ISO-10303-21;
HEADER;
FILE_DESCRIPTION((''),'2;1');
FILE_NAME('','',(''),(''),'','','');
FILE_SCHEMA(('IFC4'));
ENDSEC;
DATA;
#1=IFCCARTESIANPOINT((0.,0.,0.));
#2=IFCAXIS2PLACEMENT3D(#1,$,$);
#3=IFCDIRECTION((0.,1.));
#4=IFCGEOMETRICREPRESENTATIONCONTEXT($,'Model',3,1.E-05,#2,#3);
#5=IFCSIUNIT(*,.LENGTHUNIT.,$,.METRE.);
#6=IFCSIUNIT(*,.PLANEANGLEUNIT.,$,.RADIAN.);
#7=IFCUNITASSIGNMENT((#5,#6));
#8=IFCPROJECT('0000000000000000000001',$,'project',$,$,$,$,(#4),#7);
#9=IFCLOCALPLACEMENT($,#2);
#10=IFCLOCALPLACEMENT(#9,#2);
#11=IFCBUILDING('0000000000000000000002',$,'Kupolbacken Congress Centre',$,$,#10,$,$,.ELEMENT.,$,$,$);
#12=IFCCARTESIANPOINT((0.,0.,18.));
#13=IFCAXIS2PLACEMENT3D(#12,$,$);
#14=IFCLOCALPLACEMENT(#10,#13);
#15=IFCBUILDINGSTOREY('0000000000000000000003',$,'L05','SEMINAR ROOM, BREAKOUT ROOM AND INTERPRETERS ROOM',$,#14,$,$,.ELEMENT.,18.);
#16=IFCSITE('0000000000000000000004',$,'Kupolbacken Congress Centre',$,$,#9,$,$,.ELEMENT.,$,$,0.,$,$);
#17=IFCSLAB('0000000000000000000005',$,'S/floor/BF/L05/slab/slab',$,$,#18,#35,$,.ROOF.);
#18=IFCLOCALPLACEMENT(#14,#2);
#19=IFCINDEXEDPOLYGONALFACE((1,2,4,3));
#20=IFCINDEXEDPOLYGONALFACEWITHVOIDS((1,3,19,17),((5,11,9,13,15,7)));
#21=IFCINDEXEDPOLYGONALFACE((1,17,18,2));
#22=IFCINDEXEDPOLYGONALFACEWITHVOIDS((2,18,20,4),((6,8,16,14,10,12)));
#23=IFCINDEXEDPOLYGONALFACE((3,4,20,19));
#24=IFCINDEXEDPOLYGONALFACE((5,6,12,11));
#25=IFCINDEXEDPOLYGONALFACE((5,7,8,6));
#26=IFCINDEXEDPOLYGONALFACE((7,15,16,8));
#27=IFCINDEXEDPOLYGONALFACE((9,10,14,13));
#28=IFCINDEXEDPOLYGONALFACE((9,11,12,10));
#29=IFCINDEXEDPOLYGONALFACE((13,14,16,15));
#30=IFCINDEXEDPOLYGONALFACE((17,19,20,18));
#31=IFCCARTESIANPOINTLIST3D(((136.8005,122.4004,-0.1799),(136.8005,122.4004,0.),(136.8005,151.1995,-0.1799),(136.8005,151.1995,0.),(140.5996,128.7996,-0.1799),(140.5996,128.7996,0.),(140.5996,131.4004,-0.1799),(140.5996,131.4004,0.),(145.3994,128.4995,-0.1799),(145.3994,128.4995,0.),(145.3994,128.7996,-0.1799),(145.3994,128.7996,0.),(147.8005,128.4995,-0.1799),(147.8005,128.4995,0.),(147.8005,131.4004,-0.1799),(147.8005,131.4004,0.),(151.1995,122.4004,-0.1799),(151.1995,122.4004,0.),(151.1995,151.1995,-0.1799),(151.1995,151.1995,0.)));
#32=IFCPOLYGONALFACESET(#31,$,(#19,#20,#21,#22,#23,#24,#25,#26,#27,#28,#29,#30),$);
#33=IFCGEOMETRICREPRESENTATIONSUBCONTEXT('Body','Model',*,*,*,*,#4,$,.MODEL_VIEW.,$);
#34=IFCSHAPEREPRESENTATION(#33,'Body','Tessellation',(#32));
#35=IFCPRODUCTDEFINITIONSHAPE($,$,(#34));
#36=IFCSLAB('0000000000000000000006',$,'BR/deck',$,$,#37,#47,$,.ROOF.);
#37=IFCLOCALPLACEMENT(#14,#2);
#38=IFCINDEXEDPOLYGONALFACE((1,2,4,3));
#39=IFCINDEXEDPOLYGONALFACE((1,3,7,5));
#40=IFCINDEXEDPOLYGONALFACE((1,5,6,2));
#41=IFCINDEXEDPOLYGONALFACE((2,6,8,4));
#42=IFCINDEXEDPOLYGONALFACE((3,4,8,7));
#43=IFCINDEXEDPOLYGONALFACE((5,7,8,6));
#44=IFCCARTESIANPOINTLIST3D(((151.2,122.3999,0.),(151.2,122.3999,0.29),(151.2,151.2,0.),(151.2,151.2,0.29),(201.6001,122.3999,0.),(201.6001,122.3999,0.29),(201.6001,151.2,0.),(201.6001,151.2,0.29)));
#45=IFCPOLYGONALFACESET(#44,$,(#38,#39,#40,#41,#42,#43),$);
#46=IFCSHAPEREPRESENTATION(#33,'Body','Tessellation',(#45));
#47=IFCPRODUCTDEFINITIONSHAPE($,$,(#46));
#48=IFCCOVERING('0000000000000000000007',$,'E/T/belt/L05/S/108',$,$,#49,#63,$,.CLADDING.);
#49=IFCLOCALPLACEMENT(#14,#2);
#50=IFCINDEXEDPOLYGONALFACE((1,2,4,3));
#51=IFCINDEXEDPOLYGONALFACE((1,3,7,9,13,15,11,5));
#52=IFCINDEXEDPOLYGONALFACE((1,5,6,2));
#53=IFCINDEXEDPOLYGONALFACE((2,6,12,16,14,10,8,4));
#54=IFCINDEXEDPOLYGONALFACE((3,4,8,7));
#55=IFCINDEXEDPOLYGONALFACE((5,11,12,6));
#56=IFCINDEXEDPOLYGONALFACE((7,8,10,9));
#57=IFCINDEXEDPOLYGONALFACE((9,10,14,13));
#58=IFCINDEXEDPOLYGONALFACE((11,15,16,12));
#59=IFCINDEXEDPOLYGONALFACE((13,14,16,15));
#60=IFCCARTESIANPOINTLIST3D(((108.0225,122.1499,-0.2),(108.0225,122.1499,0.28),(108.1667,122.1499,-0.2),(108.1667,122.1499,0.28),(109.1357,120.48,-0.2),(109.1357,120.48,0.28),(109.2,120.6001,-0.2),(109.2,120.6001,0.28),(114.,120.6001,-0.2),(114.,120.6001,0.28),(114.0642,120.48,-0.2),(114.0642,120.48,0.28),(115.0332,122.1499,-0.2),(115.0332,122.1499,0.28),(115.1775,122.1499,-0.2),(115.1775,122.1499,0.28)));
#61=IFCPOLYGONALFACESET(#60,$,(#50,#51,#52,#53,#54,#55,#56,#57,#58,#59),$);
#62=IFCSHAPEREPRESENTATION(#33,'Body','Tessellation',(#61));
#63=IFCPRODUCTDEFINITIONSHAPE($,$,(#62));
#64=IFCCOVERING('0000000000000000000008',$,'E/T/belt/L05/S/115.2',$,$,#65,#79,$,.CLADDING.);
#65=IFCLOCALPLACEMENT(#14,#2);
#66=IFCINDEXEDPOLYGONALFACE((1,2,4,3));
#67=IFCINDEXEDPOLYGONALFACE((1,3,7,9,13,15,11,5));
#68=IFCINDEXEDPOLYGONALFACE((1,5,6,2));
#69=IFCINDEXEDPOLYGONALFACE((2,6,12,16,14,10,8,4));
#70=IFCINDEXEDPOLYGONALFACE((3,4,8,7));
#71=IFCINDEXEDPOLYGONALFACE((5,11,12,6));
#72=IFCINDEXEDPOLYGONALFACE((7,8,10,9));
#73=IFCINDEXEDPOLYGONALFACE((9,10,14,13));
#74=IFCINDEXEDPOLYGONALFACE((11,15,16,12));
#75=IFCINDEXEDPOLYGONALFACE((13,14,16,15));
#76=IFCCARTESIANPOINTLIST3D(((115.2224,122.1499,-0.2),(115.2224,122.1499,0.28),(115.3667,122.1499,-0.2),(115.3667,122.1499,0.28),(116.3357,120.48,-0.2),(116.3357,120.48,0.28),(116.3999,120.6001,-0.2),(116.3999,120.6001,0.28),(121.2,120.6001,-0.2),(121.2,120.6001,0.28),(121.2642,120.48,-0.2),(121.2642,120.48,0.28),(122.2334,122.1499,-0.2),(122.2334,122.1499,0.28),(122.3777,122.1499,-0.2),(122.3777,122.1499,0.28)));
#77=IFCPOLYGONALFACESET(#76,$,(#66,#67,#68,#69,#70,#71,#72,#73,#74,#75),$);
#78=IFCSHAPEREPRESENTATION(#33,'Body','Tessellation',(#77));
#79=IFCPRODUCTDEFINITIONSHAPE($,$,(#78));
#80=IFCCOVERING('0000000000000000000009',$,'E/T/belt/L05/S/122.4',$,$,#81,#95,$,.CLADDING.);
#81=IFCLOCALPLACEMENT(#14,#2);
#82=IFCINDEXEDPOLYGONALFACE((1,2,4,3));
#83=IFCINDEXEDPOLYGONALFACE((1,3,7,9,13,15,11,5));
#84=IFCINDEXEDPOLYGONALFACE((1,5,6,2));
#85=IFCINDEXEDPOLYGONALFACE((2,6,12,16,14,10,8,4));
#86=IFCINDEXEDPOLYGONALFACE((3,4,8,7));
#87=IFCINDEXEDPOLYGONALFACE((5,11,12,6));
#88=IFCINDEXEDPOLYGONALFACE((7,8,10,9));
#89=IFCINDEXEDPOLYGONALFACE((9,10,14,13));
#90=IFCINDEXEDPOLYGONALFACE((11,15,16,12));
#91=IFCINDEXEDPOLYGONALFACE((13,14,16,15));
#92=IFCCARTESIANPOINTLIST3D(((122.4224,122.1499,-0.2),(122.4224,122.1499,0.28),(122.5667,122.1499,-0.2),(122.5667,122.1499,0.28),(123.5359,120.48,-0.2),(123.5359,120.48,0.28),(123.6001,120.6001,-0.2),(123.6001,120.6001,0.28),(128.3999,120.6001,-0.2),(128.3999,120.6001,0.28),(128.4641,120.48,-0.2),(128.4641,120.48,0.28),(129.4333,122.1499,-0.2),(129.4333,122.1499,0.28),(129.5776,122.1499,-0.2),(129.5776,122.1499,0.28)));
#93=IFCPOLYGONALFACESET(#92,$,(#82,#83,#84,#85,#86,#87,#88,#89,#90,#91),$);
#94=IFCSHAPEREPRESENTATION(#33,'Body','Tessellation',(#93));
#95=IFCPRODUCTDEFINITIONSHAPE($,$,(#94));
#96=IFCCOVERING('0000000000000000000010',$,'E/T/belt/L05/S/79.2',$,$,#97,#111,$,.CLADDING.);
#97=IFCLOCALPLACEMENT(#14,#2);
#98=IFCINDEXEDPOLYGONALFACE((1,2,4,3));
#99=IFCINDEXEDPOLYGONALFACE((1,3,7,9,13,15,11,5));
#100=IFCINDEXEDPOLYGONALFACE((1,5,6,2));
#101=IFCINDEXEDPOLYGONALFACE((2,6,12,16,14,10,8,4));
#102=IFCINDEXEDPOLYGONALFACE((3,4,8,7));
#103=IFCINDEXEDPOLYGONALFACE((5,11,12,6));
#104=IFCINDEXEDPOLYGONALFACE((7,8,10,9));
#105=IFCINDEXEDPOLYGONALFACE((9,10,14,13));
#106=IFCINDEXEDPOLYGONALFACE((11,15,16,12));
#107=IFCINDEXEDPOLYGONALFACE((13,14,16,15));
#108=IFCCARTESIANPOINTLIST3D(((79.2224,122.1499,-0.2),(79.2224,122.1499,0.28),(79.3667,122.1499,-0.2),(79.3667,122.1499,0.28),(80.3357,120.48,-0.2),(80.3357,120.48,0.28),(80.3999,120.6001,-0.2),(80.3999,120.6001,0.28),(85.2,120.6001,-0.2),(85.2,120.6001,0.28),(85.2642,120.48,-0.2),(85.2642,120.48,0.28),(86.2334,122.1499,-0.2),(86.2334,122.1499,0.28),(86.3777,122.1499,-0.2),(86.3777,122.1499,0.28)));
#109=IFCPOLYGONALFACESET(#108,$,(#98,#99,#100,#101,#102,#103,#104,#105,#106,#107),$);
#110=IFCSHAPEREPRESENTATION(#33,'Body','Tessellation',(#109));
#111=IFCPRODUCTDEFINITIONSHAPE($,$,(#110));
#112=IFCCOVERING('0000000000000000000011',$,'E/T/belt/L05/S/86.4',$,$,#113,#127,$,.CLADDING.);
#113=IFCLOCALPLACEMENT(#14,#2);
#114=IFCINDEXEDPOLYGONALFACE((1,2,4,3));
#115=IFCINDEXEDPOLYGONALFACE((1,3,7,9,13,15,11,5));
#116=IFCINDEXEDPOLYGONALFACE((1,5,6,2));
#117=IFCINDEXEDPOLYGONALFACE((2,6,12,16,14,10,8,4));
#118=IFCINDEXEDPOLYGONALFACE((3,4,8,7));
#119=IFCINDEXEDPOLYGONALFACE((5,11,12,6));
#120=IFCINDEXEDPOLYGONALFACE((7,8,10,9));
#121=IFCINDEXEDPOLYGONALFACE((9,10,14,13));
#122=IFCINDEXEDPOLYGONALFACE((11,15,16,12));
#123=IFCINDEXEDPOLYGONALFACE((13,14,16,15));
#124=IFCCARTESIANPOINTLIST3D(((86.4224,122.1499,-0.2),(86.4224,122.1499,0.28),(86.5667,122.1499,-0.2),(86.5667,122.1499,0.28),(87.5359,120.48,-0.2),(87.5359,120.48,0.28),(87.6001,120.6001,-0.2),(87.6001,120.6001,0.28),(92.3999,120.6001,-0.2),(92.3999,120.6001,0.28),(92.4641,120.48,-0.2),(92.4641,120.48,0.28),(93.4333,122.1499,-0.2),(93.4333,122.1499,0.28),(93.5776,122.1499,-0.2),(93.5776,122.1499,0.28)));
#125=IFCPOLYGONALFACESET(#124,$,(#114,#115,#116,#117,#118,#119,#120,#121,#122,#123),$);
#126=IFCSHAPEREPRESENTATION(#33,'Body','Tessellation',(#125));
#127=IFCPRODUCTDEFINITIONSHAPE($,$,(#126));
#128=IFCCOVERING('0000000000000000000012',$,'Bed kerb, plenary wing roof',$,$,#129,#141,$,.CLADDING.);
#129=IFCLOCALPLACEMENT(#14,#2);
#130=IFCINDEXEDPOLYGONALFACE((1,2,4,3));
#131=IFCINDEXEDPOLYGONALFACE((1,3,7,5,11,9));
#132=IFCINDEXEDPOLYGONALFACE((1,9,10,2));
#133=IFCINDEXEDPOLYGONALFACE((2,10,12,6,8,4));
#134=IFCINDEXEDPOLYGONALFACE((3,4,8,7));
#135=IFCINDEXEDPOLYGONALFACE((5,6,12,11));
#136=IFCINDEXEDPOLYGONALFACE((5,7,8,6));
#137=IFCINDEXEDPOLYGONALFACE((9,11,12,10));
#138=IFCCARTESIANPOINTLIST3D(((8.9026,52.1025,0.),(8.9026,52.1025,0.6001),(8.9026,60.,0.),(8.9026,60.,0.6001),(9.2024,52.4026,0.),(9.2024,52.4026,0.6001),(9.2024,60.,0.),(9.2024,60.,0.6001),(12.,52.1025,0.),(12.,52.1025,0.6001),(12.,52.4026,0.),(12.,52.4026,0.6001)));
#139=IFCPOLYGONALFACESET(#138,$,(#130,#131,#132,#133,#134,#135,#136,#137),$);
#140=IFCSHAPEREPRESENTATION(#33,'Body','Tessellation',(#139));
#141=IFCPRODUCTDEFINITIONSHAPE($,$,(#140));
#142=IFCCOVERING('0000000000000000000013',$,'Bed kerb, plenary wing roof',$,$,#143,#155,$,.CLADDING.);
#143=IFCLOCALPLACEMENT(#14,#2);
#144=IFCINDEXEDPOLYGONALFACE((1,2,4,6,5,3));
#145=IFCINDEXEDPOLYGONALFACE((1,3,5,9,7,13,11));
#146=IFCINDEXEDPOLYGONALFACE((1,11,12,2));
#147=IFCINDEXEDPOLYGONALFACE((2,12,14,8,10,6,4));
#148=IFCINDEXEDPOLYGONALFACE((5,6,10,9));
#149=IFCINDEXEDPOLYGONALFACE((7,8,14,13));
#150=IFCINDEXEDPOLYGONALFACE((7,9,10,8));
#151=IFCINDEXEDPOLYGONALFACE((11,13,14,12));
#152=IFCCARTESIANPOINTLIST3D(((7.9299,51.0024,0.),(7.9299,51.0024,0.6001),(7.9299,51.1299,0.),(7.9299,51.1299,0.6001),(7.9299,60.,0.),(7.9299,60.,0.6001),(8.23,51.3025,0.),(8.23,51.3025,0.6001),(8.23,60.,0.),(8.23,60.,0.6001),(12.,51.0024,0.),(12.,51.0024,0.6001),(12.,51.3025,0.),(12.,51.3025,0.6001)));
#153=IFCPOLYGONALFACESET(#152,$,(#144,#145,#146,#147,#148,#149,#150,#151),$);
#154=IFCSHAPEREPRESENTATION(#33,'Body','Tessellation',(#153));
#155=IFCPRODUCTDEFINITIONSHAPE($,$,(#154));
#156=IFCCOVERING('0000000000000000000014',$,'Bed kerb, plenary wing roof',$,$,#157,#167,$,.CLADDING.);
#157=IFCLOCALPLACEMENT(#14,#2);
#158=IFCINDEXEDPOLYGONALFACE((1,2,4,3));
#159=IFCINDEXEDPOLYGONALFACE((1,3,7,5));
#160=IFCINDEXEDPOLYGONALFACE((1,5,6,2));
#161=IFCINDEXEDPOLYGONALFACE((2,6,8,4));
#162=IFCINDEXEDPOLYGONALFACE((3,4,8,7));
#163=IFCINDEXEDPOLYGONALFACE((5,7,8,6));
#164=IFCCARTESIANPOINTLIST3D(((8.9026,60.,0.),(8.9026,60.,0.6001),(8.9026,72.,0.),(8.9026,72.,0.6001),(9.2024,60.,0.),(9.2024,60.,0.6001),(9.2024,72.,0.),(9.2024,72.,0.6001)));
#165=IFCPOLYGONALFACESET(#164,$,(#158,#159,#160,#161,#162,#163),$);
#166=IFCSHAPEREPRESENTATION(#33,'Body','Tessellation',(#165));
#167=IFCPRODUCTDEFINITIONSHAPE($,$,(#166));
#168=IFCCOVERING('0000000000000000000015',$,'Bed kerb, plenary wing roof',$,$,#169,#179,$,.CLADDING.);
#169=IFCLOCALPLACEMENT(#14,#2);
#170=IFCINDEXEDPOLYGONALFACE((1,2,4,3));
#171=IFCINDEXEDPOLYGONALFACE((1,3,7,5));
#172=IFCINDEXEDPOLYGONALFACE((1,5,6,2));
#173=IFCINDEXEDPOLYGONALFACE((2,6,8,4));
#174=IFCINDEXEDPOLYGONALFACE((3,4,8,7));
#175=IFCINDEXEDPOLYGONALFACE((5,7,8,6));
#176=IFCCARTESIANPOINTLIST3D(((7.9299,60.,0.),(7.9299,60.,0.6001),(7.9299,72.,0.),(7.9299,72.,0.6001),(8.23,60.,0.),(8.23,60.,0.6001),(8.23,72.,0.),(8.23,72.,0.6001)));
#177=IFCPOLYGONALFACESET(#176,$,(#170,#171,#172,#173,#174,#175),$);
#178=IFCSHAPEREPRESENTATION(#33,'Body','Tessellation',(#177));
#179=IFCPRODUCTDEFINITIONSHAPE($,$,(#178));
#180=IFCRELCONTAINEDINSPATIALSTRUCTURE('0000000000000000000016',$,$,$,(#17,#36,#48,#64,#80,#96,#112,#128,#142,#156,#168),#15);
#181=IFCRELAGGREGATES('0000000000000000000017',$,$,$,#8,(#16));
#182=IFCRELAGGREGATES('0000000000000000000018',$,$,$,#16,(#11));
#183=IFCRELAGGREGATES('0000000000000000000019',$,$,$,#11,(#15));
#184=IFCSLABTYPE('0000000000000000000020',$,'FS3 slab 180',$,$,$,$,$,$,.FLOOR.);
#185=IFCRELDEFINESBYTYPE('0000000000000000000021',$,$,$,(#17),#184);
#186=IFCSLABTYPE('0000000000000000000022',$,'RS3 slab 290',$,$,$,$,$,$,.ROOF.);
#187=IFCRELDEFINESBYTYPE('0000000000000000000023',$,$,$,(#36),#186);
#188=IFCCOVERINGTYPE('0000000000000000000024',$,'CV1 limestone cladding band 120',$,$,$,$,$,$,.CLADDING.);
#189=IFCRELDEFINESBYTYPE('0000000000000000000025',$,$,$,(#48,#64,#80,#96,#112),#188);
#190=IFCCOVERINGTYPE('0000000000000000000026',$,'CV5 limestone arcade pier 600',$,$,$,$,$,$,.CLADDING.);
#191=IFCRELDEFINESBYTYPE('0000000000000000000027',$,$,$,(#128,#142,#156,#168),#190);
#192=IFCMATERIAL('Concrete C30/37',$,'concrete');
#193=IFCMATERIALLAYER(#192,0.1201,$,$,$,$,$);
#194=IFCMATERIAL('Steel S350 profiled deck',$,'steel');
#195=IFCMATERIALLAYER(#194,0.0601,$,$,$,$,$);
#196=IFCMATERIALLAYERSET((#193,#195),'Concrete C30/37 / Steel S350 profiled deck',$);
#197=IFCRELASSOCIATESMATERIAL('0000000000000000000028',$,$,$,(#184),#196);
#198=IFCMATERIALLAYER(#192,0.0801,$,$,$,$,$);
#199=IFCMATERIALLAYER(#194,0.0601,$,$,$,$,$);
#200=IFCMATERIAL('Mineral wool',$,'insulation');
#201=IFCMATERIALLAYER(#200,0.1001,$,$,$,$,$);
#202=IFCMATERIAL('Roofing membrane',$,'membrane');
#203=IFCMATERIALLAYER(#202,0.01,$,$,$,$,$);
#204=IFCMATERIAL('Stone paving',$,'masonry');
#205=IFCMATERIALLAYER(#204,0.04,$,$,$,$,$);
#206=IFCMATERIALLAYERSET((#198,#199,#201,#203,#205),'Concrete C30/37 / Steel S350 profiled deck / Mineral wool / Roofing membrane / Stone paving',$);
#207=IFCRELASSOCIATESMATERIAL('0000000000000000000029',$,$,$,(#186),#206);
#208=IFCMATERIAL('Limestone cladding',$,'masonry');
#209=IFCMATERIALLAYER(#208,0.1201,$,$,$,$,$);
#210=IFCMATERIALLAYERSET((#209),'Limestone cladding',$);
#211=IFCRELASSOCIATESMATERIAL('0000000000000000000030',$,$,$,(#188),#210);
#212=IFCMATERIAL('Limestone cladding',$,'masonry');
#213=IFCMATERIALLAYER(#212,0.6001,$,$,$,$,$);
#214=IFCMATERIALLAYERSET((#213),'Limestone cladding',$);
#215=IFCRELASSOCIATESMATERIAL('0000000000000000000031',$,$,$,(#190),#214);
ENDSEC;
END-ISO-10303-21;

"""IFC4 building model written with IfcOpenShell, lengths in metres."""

from ifc_helpers import new_model, si_unit, direction, frame, origin, place, context, subcontext, project, spatial, polyline, outline, extrude, material, layer, layer_set, type_object, element, save


model = new_model("IFC4")

# Units and contexts
model_context = context("Model", 3, precision=1e-05, world=origin(), true_north=direction((0.0, 1.0)))
body_context = subcontext(model_context, "Body", "Model", "MODEL_VIEW")
ifc_project = project(units=[si_unit("LENGTHUNIT", "METRE"), si_unit("PLANEANGLEUNIT", "RADIAN")], contexts=[model_context])

# Site, building, storey
site_placement = place(None, origin())
site = spatial("IfcSite", under=ifc_project, at=site_placement, Name="Kupolbacken Congress Centre", CompositionType="ELEMENT", RefElevation=0.0)
building_placement = place(site_placement, origin())
building = spatial("IfcBuilding", under=site, at=building_placement, Name="Kupolbacken Congress Centre", CompositionType="ELEMENT")
storey_placement = place(building_placement, frame((0.0, 0.0, 18.0)))
storey = spatial("IfcBuildingStorey", under=building, at=storey_placement, Name="L05", Description="SEMINAR ROOM, BREAKOUT ROOM AND INTERPRETERS ROOM", CompositionType="ELEMENT", Elevation=18.0)

# Slabs
ifc_material_1 = material(Name="Concrete C30/37", Category="concrete")
ifc_material_2 = material(Name="Steel S350 profiled deck", Category="steel")
ifc_layer_1 = layer(ifc_material_1, 0.1201)
ifc_layer_2 = layer(ifc_material_2, 0.0601)
ifc_layer_set_1 = layer_set([ifc_layer_1, ifc_layer_2], Name="Concrete C30/37 / Steel S350 profiled deck")
slab_type_1 = type_object("IfcSlabType", Name="FS3 slab 180", PredefinedType="FLOOR", material=ifc_layer_set_1)
slab_1_placement = place(storey_placement, frame((0.0, 0.0, -0.1799)))
element("IfcSlab", 1, at=slab_1_placement, inside=storey, type_object=slab_type_1, Name="S/floor/BF/L05/slab/slab", PredefinedType="ROOF", context=body_context, shape_type="SweptSolid", body=[
    extrude(outline(polyline([(151.1995, 122.4004), (151.1995, 151.1995), (136.8005, 151.1995), (136.8005, 122.4004), (151.1995, 122.4004)]), holes=[polyline([(145.3994, 128.7996), (140.5996, 128.7996), (140.5996, 131.4004), (147.8005, 131.4004), (147.8005, 128.4995), (145.3994, 128.4995), (145.3994, 128.7996)])]), origin(), (0.0, 0.0, 1.0), 0.1799),
])
ifc_layer_3 = layer(ifc_material_1, 0.0801)
ifc_layer_4 = layer(ifc_material_2, 0.0601)
ifc_material_3 = material(Name="Mineral wool", Category="insulation")
ifc_layer_5 = layer(ifc_material_3, 0.1001)
ifc_material_4 = material(Name="Roofing membrane", Category="membrane")
ifc_layer_6 = layer(ifc_material_4, 0.01)
ifc_material_5 = material(Name="Stone paving", Category="masonry")
ifc_layer_7 = layer(ifc_material_5, 0.04)
ifc_layer_set_2 = layer_set([ifc_layer_3, ifc_layer_4, ifc_layer_5, ifc_layer_6, ifc_layer_7], Name="Concrete C30/37 / Steel S350 profiled deck / Mineral wool / Roofing membrane / Stone paving")
slab_type_2 = type_object("IfcSlabType", Name="RS3 slab 290", PredefinedType="ROOF", material=ifc_layer_set_2)
slab_2_placement = place(storey_placement, origin())
element("IfcSlab", 2, at=slab_2_placement, inside=storey, type_object=slab_type_2, Name="BR/deck", PredefinedType="ROOF", context=body_context, shape_type="SweptSolid", body=[
    extrude(outline(polyline([(151.2, 122.3999), (201.6001, 122.3999), (201.6001, 151.2), (151.2, 151.2), (151.2, 122.3999)])), origin(), (0.0, 0.0, 1.0), 0.29),
])

# Coverings
ifc_material_6 = material(Name="Limestone cladding", Category="masonry")
ifc_layer_8 = layer(ifc_material_6, 0.1201)
ifc_layer_set_3 = layer_set([ifc_layer_8], Name="Limestone cladding")
covering_type_1 = type_object("IfcCoveringType", Name="CV1 limestone cladding band 120", PredefinedType="CLADDING", material=ifc_layer_set_3)
covering_1_placement = place(storey_placement, frame((0.0, 0.0, -0.2)))
element("IfcCovering", 3, at=covering_1_placement, inside=storey, type_object=covering_type_1, Name="E/T/belt/L05/S/108", PredefinedType="CLADDING", context=body_context, shape_type="SweptSolid", body=[
    extrude(outline(polyline([(115.1775, 122.1499), (115.0332, 122.1499), (114.0, 120.6001), (109.2, 120.6001), (108.1667, 122.1499), (108.0225, 122.1499), (109.1357, 120.48), (114.0642, 120.48), (115.1775, 122.1499)])), origin(), (0.0, 0.0, 1.0), 0.48),
])
covering_2_placement = place(storey_placement, frame((0.0, 0.0, -0.2)))
element("IfcCovering", 4, at=covering_2_placement, inside=storey, type_object=covering_type_1, Name="E/T/belt/L05/S/115.2", PredefinedType="CLADDING", context=body_context, shape_type="SweptSolid", body=[
    extrude(outline(polyline([(122.3777, 122.1499), (122.2334, 122.1499), (121.2, 120.6001), (116.3999, 120.6001), (115.3667, 122.1499), (115.2224, 122.1499), (116.3357, 120.48), (121.2642, 120.48), (122.3777, 122.1499)])), origin(), (0.0, 0.0, 1.0), 0.48),
])
covering_3_placement = place(storey_placement, frame((0.0, 0.0, -0.2)))
element("IfcCovering", 5, at=covering_3_placement, inside=storey, type_object=covering_type_1, Name="E/T/belt/L05/S/122.4", PredefinedType="CLADDING", context=body_context, shape_type="SweptSolid", body=[
    extrude(outline(polyline([(129.5776, 122.1499), (129.4333, 122.1499), (128.3999, 120.6001), (123.6001, 120.6001), (122.5667, 122.1499), (122.4224, 122.1499), (123.5359, 120.48), (128.4641, 120.48), (129.5776, 122.1499)])), origin(), (0.0, 0.0, 1.0), 0.48),
])
covering_4_placement = place(storey_placement, frame((0.0, 0.0, -0.2)))
element("IfcCovering", 6, at=covering_4_placement, inside=storey, type_object=covering_type_1, Name="E/T/belt/L05/S/79.2", PredefinedType="CLADDING", context=body_context, shape_type="SweptSolid", body=[
    extrude(outline(polyline([(86.3777, 122.1499), (86.2334, 122.1499), (85.2, 120.6001), (80.3999, 120.6001), (79.3667, 122.1499), (79.2224, 122.1499), (80.3357, 120.48), (85.2642, 120.48), (86.3777, 122.1499)])), origin(), (0.0, 0.0, 1.0), 0.48),
])
covering_5_placement = place(storey_placement, frame((0.0, 0.0, -0.2)))
element("IfcCovering", 7, at=covering_5_placement, inside=storey, type_object=covering_type_1, Name="E/T/belt/L05/S/86.4", PredefinedType="CLADDING", context=body_context, shape_type="SweptSolid", body=[
    extrude(outline(polyline([(93.5776, 122.1499), (93.4333, 122.1499), (92.3999, 120.6001), (87.6001, 120.6001), (86.5667, 122.1499), (86.4224, 122.1499), (87.5359, 120.48), (92.4641, 120.48), (93.5776, 122.1499)])), origin(), (0.0, 0.0, 1.0), 0.48),
])
ifc_material_7 = material(Name="Limestone cladding", Category="masonry")
ifc_layer_9 = layer(ifc_material_7, 0.6001)
ifc_layer_set_4 = layer_set([ifc_layer_9], Name="Limestone cladding")
covering_type_2 = type_object("IfcCoveringType", Name="CV5 limestone arcade pier 600", PredefinedType="CLADDING", material=ifc_layer_set_4)
covering_6_placement = place(storey_placement, origin())
element("IfcCovering", 8, at=covering_6_placement, inside=storey, type_object=covering_type_2, Name="Bed kerb, plenary wing roof", PredefinedType="CLADDING", context=body_context, shape_type="SweptSolid", body=[
    extrude(outline(polyline([(9.2024, 52.4026), (12.0, 52.4026), (12.0, 52.1025), (8.9026, 52.1025), (8.9026, 60.0), (9.2024, 60.0), (9.2024, 52.4026)])), origin(), (0.0, 0.0, 1.0), 0.6001),
])
covering_7_placement = place(storey_placement, origin())
element("IfcCovering", 9, at=covering_7_placement, inside=storey, type_object=covering_type_2, Name="Bed kerb, plenary wing roof", PredefinedType="CLADDING", context=body_context, shape_type="SweptSolid", body=[
    extrude(outline(polyline([(7.9299, 51.0024), (7.9299, 51.1299), (7.9299, 60.0), (8.23, 60.0), (8.23, 51.3025), (12.0, 51.3025), (12.0, 51.0024), (7.9299, 51.0024)])), origin(), (0.0, 0.0, 1.0), 0.6001),
])
covering_8_placement = place(storey_placement, origin())
element("IfcCovering", 10, at=covering_8_placement, inside=storey, type_object=covering_type_2, Name="Bed kerb, plenary wing roof", PredefinedType="CLADDING", context=body_context, shape_type="SweptSolid", body=[
    extrude(outline(polyline([(9.2024, 60.0), (8.9026, 60.0), (8.9026, 72.0), (9.2024, 72.0), (9.2024, 60.0)])), origin(), (0.0, 0.0, 1.0), 0.6001),
])
covering_9_placement = place(storey_placement, origin())
element("IfcCovering", 11, at=covering_9_placement, inside=storey, type_object=covering_type_2, Name="Bed kerb, plenary wing roof", PredefinedType="CLADDING", context=body_context, shape_type="SweptSolid", body=[
    extrude(outline(polyline([(7.9299, 72.0), (8.23, 72.0), (8.23, 60.0), (7.9299, 60.0), (7.9299, 72.0)])), origin(), (0.0, 0.0, 1.0), 0.6001),
])

save(model, "model.ifc")
